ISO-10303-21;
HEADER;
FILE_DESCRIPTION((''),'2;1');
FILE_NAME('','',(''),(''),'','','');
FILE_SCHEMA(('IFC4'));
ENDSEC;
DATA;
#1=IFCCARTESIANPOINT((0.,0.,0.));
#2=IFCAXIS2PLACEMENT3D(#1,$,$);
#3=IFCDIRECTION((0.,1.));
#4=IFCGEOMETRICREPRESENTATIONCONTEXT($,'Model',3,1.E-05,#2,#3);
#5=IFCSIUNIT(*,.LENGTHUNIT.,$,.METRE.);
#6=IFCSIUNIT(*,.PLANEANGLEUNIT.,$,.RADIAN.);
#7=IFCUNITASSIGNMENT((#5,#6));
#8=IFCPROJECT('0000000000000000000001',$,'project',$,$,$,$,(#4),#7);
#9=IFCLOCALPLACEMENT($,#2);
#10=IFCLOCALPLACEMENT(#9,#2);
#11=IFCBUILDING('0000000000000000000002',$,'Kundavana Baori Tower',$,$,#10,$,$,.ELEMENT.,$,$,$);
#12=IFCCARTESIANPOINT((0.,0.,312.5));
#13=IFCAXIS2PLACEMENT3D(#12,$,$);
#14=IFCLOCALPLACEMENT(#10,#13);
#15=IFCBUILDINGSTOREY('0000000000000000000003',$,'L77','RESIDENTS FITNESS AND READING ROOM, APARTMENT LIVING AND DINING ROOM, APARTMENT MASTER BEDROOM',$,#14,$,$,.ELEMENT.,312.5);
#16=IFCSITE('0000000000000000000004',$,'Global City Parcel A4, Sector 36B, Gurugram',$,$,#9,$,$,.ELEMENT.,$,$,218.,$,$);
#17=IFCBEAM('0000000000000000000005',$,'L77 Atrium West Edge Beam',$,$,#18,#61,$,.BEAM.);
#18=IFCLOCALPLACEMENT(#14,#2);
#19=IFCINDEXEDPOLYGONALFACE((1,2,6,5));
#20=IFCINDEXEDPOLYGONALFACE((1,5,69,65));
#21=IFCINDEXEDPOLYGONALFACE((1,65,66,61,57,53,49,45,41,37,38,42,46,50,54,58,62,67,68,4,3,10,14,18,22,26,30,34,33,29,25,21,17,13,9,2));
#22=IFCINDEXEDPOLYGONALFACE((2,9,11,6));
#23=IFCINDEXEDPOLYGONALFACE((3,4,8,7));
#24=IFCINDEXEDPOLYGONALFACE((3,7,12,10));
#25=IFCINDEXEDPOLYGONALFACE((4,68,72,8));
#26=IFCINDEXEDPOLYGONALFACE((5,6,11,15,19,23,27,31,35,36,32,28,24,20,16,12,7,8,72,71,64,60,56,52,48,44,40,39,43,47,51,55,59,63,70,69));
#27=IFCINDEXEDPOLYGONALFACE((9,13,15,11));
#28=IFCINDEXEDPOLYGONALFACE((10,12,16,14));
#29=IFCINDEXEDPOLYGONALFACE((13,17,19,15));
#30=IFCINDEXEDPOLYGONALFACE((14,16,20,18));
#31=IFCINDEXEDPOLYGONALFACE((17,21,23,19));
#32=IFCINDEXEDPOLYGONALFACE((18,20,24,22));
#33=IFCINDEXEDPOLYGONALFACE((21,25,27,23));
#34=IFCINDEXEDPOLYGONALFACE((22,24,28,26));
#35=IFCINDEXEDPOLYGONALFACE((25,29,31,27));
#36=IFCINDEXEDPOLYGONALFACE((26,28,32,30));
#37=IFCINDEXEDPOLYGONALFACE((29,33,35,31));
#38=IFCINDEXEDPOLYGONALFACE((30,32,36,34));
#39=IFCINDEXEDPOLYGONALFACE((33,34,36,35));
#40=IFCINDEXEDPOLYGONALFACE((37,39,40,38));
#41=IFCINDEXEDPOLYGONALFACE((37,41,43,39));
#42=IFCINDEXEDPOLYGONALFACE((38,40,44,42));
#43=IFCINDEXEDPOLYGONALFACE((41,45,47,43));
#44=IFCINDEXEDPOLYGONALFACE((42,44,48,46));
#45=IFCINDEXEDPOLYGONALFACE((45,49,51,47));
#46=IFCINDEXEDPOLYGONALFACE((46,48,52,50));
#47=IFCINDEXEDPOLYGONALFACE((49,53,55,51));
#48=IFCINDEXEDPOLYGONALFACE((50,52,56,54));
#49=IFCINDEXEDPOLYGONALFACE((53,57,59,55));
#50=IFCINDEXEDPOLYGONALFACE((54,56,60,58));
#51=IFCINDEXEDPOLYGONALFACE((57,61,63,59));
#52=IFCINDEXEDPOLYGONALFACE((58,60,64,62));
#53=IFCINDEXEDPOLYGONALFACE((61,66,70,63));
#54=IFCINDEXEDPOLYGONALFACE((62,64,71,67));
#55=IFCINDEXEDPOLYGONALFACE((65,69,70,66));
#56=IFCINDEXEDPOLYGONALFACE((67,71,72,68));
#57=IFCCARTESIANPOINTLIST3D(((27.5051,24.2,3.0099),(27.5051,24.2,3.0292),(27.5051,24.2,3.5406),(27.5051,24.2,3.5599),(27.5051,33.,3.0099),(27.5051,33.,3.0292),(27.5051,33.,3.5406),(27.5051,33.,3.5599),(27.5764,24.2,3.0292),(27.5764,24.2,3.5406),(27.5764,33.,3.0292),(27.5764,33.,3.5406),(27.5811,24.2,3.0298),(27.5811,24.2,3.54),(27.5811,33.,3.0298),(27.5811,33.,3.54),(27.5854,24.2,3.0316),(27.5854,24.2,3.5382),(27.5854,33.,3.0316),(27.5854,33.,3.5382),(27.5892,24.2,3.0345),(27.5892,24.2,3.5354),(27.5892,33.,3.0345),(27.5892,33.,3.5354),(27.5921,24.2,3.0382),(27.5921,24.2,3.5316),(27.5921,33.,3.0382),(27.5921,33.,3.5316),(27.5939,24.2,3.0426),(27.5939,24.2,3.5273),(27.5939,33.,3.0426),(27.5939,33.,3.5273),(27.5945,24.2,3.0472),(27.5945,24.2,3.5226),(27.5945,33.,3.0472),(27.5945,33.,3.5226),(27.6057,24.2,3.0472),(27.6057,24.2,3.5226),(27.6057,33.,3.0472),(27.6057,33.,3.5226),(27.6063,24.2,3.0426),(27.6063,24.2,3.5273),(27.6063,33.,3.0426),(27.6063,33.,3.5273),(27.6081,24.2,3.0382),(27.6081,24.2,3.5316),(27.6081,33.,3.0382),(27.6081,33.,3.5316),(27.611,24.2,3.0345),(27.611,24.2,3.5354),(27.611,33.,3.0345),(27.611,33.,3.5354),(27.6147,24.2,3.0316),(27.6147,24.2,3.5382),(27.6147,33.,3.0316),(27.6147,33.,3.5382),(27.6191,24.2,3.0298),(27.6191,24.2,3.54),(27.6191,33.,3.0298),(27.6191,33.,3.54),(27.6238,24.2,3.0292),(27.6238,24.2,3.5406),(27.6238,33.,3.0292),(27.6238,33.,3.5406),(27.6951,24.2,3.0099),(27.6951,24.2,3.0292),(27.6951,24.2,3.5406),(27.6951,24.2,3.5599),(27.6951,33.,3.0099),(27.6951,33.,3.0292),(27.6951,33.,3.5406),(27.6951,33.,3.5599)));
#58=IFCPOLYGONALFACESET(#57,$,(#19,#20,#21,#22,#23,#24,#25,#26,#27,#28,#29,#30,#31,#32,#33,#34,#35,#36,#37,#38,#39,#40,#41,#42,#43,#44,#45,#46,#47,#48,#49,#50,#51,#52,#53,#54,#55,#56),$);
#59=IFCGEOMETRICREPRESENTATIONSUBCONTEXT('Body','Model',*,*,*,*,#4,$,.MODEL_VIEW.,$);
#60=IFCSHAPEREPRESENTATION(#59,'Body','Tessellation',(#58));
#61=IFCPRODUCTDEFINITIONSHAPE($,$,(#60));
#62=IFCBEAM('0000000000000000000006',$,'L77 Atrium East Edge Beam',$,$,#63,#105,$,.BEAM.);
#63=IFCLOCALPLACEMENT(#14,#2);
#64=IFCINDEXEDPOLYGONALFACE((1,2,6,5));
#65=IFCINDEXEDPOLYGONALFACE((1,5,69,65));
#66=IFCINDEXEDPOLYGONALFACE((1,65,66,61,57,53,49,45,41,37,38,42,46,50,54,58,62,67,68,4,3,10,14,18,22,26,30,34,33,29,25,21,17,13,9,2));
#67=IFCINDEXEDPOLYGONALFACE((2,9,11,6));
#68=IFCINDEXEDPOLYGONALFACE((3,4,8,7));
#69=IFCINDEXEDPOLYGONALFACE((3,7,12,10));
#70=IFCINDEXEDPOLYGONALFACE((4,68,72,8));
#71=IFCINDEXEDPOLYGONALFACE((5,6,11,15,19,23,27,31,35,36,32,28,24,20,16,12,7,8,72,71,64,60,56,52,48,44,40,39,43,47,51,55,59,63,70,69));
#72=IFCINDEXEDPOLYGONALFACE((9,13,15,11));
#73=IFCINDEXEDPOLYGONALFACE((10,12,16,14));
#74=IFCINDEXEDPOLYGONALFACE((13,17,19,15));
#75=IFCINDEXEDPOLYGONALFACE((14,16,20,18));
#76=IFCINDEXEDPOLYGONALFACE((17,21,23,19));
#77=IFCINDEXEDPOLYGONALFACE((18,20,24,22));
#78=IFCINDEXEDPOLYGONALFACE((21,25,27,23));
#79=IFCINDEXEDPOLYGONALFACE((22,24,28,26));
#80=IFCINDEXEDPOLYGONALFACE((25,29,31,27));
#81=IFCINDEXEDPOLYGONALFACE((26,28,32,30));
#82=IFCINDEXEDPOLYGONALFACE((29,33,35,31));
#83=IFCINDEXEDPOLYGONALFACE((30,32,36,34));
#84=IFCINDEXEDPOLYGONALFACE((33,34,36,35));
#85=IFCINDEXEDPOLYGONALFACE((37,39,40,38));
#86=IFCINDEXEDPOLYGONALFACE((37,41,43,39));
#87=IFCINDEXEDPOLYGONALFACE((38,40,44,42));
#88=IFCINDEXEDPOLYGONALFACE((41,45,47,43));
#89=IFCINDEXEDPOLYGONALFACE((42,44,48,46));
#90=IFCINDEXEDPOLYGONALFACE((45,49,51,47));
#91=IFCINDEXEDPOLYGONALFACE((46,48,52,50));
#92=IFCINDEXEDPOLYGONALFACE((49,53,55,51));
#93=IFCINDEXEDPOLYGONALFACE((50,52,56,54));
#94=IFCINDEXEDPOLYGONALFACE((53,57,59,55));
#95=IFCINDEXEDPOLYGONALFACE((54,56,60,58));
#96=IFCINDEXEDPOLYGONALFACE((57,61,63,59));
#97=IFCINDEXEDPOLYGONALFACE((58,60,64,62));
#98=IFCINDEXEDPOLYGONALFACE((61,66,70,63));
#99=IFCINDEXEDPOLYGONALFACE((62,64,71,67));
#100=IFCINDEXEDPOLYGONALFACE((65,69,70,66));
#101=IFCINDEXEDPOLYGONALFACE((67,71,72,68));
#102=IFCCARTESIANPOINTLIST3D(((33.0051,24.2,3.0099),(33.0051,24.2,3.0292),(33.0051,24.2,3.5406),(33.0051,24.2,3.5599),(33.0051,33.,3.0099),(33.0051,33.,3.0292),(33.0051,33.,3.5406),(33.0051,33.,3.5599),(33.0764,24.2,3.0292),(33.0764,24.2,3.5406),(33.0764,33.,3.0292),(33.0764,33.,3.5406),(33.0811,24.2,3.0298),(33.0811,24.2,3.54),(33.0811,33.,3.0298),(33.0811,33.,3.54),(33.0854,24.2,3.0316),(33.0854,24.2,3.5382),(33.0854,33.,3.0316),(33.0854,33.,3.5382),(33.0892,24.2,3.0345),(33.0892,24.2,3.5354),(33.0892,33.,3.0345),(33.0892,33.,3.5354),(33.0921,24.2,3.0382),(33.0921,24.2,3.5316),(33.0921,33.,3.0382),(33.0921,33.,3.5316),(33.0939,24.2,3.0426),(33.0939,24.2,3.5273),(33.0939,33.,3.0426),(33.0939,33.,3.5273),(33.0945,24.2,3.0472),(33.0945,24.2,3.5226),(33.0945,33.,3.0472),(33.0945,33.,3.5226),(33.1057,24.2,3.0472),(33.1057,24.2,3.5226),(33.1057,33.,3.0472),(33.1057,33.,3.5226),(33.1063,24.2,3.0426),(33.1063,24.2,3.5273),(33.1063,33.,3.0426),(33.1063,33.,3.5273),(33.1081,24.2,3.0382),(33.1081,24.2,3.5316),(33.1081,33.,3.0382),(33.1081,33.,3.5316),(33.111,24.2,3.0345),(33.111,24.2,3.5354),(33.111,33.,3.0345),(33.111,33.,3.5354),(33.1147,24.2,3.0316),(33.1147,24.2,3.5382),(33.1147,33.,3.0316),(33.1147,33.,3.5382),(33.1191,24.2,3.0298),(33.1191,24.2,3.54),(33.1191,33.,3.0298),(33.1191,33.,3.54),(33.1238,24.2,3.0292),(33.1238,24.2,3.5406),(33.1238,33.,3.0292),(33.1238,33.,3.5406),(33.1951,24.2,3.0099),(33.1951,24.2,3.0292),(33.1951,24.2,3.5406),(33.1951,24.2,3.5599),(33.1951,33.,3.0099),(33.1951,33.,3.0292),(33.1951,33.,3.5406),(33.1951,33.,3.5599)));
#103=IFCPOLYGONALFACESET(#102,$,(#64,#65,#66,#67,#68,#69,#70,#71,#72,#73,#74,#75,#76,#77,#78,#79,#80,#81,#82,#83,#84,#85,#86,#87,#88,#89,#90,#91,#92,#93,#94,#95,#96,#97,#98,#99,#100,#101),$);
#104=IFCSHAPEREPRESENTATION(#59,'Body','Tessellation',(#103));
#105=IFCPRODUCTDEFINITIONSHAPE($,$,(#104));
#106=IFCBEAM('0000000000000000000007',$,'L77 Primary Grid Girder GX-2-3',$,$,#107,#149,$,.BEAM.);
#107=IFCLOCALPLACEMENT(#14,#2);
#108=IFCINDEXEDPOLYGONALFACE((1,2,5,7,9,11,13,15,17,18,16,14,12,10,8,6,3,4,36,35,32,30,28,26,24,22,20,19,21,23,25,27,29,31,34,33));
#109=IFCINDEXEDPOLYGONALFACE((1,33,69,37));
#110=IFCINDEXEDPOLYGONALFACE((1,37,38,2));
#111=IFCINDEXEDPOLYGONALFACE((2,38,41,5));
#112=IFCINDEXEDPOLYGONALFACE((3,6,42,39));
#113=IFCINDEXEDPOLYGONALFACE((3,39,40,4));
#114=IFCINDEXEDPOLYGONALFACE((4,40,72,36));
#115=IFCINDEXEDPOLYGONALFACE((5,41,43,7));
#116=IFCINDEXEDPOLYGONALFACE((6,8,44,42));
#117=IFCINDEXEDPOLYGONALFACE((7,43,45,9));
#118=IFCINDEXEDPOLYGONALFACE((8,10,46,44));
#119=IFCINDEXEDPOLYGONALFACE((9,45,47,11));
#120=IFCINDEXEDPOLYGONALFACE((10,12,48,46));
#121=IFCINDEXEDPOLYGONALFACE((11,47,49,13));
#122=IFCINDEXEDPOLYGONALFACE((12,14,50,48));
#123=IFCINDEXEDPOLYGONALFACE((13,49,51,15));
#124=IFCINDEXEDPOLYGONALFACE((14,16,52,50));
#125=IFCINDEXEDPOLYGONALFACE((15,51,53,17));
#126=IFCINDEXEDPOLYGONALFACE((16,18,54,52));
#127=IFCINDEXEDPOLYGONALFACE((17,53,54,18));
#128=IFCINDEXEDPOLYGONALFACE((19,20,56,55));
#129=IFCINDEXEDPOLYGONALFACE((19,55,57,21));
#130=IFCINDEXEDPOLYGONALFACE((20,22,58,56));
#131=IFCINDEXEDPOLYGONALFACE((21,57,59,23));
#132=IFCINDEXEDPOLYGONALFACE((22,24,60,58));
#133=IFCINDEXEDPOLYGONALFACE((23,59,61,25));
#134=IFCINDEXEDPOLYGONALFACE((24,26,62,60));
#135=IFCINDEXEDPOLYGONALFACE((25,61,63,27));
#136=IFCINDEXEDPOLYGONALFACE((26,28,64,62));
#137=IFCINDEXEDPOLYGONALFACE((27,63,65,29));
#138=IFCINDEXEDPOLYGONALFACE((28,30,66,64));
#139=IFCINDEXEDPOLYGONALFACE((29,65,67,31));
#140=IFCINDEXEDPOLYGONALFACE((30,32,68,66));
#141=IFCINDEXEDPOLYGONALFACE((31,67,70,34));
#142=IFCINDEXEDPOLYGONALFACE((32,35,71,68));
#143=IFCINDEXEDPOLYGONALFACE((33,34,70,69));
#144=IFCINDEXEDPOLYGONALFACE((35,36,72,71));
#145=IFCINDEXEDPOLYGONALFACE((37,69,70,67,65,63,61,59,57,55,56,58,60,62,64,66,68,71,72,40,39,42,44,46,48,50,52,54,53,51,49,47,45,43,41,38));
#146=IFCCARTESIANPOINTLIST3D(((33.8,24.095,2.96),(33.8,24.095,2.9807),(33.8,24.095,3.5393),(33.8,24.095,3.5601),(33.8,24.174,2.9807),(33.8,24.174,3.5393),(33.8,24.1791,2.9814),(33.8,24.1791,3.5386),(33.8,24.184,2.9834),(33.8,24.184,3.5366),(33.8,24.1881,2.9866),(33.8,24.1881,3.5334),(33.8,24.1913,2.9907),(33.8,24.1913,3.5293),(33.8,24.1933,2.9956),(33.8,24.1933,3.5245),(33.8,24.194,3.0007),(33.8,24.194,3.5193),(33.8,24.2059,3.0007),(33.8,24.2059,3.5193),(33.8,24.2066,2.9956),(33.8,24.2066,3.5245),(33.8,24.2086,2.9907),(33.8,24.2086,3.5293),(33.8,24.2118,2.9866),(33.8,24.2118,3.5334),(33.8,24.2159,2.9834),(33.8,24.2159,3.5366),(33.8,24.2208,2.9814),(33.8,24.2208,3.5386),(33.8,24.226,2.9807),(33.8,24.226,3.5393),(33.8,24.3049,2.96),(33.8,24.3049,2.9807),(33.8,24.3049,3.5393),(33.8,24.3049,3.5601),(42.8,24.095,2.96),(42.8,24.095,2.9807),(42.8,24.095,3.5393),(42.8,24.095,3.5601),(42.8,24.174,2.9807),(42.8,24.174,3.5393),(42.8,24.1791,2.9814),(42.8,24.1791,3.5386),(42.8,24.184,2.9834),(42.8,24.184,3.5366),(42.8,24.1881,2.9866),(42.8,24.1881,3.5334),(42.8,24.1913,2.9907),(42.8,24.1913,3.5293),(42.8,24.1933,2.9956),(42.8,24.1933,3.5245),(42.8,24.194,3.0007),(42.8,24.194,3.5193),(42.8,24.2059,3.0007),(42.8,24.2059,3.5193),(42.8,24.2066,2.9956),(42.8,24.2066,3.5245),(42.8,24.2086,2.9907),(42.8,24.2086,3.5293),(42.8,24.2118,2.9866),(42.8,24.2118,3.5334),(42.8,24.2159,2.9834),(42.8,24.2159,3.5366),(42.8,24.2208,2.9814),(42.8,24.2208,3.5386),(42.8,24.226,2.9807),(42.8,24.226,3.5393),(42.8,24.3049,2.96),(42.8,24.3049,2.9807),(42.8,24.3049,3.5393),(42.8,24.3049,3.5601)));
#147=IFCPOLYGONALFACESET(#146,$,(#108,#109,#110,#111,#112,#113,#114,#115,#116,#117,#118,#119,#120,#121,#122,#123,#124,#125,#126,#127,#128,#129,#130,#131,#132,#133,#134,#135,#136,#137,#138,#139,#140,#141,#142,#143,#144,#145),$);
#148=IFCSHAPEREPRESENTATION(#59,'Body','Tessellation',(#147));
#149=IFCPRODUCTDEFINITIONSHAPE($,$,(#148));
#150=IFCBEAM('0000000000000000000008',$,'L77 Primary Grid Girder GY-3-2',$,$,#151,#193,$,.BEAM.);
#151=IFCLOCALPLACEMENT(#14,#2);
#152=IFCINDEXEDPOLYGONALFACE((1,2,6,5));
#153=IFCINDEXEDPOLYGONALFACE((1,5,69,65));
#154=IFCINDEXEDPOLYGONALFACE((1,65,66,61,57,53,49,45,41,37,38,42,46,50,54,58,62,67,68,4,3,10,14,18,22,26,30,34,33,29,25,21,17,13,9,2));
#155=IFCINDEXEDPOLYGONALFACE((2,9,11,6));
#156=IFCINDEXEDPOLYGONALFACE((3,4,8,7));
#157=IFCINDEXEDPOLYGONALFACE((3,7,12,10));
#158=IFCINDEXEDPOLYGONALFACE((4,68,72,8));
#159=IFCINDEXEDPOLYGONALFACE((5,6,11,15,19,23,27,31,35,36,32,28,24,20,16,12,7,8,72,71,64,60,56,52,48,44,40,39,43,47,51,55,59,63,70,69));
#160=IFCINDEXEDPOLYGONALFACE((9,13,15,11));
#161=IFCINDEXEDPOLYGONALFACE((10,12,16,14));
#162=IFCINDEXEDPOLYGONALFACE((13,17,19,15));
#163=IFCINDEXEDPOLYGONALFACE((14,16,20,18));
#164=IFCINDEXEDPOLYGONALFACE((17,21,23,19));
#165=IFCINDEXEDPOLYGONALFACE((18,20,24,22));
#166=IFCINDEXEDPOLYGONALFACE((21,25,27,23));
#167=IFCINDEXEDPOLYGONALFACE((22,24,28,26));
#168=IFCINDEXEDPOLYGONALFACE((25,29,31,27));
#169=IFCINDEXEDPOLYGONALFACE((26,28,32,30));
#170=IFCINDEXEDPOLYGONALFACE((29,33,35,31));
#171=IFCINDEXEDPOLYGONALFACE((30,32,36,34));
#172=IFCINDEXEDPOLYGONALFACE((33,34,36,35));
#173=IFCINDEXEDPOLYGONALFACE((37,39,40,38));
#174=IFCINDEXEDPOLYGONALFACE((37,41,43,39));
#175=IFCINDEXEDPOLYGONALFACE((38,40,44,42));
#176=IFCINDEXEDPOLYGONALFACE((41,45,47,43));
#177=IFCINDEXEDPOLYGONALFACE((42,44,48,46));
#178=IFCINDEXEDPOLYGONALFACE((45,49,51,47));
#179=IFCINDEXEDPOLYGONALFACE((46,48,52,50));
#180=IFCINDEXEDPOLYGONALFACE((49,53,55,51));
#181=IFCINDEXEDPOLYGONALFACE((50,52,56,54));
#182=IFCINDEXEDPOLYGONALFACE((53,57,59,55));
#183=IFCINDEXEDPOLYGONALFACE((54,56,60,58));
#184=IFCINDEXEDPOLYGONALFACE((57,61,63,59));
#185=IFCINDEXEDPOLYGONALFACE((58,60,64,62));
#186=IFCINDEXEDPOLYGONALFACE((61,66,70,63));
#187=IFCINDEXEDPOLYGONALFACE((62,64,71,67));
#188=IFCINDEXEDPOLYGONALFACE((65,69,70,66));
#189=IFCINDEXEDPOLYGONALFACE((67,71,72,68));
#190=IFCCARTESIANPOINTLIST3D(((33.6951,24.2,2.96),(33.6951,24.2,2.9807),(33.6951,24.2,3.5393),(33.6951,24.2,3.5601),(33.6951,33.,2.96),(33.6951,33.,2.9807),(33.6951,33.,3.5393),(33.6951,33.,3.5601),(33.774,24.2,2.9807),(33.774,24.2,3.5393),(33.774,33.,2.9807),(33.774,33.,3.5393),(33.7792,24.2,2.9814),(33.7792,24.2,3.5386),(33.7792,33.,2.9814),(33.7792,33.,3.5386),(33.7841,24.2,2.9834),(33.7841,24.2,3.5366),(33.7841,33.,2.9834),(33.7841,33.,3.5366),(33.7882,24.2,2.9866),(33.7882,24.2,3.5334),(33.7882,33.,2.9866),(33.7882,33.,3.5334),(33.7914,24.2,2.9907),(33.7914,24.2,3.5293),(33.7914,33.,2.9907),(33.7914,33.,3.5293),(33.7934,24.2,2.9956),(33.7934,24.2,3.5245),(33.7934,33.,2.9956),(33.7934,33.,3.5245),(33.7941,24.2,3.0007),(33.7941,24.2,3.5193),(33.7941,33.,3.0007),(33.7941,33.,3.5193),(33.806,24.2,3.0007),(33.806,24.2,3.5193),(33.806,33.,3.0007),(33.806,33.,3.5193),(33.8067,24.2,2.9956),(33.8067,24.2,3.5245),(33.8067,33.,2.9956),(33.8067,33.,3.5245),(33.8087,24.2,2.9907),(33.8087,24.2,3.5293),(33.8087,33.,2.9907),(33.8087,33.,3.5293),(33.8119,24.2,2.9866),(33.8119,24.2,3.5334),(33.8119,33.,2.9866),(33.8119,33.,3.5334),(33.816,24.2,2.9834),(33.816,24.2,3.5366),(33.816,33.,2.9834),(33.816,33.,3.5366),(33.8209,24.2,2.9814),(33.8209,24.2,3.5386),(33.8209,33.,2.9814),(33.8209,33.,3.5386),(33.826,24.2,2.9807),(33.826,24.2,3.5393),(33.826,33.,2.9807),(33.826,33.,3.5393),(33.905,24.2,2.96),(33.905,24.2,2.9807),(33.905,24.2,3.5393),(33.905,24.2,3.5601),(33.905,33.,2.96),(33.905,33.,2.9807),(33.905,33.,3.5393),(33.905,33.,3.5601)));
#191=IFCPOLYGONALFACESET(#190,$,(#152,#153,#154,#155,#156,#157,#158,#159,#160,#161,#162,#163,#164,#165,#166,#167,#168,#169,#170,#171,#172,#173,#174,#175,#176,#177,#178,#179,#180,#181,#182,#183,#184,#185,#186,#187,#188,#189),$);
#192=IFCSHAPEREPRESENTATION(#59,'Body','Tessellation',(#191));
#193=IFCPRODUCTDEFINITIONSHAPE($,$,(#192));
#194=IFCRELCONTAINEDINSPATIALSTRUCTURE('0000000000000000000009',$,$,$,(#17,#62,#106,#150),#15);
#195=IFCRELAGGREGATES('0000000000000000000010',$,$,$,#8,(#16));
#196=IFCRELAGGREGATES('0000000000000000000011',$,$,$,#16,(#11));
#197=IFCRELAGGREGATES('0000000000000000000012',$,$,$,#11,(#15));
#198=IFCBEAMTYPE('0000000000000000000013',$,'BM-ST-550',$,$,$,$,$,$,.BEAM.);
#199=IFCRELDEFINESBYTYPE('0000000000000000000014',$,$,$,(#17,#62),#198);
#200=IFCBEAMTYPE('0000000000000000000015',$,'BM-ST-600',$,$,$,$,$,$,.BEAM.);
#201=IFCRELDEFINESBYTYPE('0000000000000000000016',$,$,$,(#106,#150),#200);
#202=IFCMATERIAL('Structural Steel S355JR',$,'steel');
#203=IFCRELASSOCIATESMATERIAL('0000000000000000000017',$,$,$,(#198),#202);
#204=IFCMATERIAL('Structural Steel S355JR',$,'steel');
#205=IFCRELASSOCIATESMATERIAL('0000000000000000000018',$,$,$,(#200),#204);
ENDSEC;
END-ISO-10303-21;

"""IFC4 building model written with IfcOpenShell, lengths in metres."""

from ifc_helpers import new_model, si_unit, direction, frame, origin, origin_2d, place, context, subcontext, project, spatial, i_section, extrude, material, material_profile, profile_set, type_object, element, save


model = new_model("IFC4")

# Units and contexts
model_context = context("Model", 3, precision=1e-05, world=origin(), true_north=direction((0.0, 1.0)))
body_context = subcontext(model_context, "Body", "Model", "MODEL_VIEW")
ifc_project = project(units=[si_unit("LENGTHUNIT", "METRE"), si_unit("PLANEANGLEUNIT", "RADIAN")], contexts=[model_context])

# Site, building, storey
site_placement = place(None, origin())
site = spatial("IfcSite", under=ifc_project, at=site_placement, Name="Global City Parcel A4, Sector 36B, Gurugram", CompositionType="ELEMENT", RefElevation=218.0)
building_placement = place(site_placement, origin())
building = spatial("IfcBuilding", under=site, at=building_placement, Name="Kundavana Baori Tower", CompositionType="ELEMENT")
storey_placement = place(building_placement, frame((0.0, 0.0, 312.5)))
storey = spatial("IfcBuildingStorey", under=building, at=storey_placement, Name="L77", Description="RESIDENTS FITNESS AND READING ROOM, APARTMENT LIVING AND DINING ROOM, APARTMENT MASTER BEDROOM", CompositionType="ELEMENT", Elevation=312.5)

# Beams
ifc_material_1 = material(Name="Structural Steel S355JR", Category="steel")
ifc_material_profile_1 = material_profile(ifc_material_1, i_section(OverallWidth=0.1899, OverallDepth=0.55, WebThickness=0.0112, FlangeThickness=0.0193, FilletRadius=0.0181, at=origin_2d()), Name="ISMB 550")
ifc_profile_set_1 = profile_set([ifc_material_profile_1], Name="Structural Steel S355JR")
beam_type_1 = type_object("IfcBeamType", Name="BM-ST-550", PredefinedType="BEAM", material=ifc_profile_set_1)
for number, where, z_axis, x_axis, name in (
    (1, (27.6001, 24.2, 3.2849), (0.0, 1.0, 0.0), (-1.0, 0.0, 0.0), "L77 Atrium West Edge Beam"),
    (2, (33.1001, 24.2, 3.2849), (0.0, 1.0, 0.0), (-1.0, 0.0, 0.0), "L77 Atrium East Edge Beam"),
):
    element("IfcBeam", number, at=place(storey_placement, frame(where, z_axis=z_axis, x_axis=x_axis)), inside=storey, type_object=beam_type_1, Name=name, PredefinedType="BEAM", context=body_context, shape_type="SweptSolid", body=[
        extrude(i_section(OverallWidth=0.1899, OverallDepth=0.55, WebThickness=0.0112, FlangeThickness=0.0193, FilletRadius=0.0181, at=origin_2d()), origin(), (0.0, 0.0, 1.0), 8.8),
    ])
ifc_material_2 = material(Name="Structural Steel S355JR", Category="steel")
ifc_material_profile_2 = material_profile(ifc_material_2, i_section(OverallWidth=0.21, OverallDepth=0.6001, WebThickness=0.012, FlangeThickness=0.0208, FilletRadius=0.02, at=origin_2d()), Name="ISMB 600")
ifc_profile_set_2 = profile_set([ifc_material_profile_2], Name="Structural Steel S355JR")
beam_type_2 = type_object("IfcBeamType", Name="BM-ST-600", PredefinedType="BEAM", material=ifc_profile_set_2)
beam_1_placement = place(storey_placement, frame((33.8, 24.2, 3.26), z_axis=(1.0, 0.0, 0.0), x_axis=(0.0, 1.0, 0.0)))
element("IfcBeam", 3, at=beam_1_placement, inside=storey, type_object=beam_type_2, Name="L77 Primary Grid Girder GX-2-3", PredefinedType="BEAM", context=body_context, shape_type="SweptSolid", body=[
    extrude(i_section(OverallWidth=0.21, OverallDepth=0.6001, WebThickness=0.012, FlangeThickness=0.0208, FilletRadius=0.02, at=origin_2d()), origin(), (0.0, 0.0, 1.0), 9.0),
])
beam_2_placement = place(storey_placement, frame((33.8, 24.2, 3.26), z_axis=(0.0, 1.0, 0.0), x_axis=(-1.0, 0.0, 0.0)))
element("IfcBeam", 4, at=beam_2_placement, inside=storey, type_object=beam_type_2, Name="L77 Primary Grid Girder GY-3-2", PredefinedType="BEAM", context=body_context, shape_type="SweptSolid", body=[
    extrude(i_section(OverallWidth=0.21, OverallDepth=0.6001, WebThickness=0.012, FlangeThickness=0.0208, FilletRadius=0.02, at=origin_2d()), origin(), (0.0, 0.0, 1.0), 8.8),
])

save(model, "model.ifc")
